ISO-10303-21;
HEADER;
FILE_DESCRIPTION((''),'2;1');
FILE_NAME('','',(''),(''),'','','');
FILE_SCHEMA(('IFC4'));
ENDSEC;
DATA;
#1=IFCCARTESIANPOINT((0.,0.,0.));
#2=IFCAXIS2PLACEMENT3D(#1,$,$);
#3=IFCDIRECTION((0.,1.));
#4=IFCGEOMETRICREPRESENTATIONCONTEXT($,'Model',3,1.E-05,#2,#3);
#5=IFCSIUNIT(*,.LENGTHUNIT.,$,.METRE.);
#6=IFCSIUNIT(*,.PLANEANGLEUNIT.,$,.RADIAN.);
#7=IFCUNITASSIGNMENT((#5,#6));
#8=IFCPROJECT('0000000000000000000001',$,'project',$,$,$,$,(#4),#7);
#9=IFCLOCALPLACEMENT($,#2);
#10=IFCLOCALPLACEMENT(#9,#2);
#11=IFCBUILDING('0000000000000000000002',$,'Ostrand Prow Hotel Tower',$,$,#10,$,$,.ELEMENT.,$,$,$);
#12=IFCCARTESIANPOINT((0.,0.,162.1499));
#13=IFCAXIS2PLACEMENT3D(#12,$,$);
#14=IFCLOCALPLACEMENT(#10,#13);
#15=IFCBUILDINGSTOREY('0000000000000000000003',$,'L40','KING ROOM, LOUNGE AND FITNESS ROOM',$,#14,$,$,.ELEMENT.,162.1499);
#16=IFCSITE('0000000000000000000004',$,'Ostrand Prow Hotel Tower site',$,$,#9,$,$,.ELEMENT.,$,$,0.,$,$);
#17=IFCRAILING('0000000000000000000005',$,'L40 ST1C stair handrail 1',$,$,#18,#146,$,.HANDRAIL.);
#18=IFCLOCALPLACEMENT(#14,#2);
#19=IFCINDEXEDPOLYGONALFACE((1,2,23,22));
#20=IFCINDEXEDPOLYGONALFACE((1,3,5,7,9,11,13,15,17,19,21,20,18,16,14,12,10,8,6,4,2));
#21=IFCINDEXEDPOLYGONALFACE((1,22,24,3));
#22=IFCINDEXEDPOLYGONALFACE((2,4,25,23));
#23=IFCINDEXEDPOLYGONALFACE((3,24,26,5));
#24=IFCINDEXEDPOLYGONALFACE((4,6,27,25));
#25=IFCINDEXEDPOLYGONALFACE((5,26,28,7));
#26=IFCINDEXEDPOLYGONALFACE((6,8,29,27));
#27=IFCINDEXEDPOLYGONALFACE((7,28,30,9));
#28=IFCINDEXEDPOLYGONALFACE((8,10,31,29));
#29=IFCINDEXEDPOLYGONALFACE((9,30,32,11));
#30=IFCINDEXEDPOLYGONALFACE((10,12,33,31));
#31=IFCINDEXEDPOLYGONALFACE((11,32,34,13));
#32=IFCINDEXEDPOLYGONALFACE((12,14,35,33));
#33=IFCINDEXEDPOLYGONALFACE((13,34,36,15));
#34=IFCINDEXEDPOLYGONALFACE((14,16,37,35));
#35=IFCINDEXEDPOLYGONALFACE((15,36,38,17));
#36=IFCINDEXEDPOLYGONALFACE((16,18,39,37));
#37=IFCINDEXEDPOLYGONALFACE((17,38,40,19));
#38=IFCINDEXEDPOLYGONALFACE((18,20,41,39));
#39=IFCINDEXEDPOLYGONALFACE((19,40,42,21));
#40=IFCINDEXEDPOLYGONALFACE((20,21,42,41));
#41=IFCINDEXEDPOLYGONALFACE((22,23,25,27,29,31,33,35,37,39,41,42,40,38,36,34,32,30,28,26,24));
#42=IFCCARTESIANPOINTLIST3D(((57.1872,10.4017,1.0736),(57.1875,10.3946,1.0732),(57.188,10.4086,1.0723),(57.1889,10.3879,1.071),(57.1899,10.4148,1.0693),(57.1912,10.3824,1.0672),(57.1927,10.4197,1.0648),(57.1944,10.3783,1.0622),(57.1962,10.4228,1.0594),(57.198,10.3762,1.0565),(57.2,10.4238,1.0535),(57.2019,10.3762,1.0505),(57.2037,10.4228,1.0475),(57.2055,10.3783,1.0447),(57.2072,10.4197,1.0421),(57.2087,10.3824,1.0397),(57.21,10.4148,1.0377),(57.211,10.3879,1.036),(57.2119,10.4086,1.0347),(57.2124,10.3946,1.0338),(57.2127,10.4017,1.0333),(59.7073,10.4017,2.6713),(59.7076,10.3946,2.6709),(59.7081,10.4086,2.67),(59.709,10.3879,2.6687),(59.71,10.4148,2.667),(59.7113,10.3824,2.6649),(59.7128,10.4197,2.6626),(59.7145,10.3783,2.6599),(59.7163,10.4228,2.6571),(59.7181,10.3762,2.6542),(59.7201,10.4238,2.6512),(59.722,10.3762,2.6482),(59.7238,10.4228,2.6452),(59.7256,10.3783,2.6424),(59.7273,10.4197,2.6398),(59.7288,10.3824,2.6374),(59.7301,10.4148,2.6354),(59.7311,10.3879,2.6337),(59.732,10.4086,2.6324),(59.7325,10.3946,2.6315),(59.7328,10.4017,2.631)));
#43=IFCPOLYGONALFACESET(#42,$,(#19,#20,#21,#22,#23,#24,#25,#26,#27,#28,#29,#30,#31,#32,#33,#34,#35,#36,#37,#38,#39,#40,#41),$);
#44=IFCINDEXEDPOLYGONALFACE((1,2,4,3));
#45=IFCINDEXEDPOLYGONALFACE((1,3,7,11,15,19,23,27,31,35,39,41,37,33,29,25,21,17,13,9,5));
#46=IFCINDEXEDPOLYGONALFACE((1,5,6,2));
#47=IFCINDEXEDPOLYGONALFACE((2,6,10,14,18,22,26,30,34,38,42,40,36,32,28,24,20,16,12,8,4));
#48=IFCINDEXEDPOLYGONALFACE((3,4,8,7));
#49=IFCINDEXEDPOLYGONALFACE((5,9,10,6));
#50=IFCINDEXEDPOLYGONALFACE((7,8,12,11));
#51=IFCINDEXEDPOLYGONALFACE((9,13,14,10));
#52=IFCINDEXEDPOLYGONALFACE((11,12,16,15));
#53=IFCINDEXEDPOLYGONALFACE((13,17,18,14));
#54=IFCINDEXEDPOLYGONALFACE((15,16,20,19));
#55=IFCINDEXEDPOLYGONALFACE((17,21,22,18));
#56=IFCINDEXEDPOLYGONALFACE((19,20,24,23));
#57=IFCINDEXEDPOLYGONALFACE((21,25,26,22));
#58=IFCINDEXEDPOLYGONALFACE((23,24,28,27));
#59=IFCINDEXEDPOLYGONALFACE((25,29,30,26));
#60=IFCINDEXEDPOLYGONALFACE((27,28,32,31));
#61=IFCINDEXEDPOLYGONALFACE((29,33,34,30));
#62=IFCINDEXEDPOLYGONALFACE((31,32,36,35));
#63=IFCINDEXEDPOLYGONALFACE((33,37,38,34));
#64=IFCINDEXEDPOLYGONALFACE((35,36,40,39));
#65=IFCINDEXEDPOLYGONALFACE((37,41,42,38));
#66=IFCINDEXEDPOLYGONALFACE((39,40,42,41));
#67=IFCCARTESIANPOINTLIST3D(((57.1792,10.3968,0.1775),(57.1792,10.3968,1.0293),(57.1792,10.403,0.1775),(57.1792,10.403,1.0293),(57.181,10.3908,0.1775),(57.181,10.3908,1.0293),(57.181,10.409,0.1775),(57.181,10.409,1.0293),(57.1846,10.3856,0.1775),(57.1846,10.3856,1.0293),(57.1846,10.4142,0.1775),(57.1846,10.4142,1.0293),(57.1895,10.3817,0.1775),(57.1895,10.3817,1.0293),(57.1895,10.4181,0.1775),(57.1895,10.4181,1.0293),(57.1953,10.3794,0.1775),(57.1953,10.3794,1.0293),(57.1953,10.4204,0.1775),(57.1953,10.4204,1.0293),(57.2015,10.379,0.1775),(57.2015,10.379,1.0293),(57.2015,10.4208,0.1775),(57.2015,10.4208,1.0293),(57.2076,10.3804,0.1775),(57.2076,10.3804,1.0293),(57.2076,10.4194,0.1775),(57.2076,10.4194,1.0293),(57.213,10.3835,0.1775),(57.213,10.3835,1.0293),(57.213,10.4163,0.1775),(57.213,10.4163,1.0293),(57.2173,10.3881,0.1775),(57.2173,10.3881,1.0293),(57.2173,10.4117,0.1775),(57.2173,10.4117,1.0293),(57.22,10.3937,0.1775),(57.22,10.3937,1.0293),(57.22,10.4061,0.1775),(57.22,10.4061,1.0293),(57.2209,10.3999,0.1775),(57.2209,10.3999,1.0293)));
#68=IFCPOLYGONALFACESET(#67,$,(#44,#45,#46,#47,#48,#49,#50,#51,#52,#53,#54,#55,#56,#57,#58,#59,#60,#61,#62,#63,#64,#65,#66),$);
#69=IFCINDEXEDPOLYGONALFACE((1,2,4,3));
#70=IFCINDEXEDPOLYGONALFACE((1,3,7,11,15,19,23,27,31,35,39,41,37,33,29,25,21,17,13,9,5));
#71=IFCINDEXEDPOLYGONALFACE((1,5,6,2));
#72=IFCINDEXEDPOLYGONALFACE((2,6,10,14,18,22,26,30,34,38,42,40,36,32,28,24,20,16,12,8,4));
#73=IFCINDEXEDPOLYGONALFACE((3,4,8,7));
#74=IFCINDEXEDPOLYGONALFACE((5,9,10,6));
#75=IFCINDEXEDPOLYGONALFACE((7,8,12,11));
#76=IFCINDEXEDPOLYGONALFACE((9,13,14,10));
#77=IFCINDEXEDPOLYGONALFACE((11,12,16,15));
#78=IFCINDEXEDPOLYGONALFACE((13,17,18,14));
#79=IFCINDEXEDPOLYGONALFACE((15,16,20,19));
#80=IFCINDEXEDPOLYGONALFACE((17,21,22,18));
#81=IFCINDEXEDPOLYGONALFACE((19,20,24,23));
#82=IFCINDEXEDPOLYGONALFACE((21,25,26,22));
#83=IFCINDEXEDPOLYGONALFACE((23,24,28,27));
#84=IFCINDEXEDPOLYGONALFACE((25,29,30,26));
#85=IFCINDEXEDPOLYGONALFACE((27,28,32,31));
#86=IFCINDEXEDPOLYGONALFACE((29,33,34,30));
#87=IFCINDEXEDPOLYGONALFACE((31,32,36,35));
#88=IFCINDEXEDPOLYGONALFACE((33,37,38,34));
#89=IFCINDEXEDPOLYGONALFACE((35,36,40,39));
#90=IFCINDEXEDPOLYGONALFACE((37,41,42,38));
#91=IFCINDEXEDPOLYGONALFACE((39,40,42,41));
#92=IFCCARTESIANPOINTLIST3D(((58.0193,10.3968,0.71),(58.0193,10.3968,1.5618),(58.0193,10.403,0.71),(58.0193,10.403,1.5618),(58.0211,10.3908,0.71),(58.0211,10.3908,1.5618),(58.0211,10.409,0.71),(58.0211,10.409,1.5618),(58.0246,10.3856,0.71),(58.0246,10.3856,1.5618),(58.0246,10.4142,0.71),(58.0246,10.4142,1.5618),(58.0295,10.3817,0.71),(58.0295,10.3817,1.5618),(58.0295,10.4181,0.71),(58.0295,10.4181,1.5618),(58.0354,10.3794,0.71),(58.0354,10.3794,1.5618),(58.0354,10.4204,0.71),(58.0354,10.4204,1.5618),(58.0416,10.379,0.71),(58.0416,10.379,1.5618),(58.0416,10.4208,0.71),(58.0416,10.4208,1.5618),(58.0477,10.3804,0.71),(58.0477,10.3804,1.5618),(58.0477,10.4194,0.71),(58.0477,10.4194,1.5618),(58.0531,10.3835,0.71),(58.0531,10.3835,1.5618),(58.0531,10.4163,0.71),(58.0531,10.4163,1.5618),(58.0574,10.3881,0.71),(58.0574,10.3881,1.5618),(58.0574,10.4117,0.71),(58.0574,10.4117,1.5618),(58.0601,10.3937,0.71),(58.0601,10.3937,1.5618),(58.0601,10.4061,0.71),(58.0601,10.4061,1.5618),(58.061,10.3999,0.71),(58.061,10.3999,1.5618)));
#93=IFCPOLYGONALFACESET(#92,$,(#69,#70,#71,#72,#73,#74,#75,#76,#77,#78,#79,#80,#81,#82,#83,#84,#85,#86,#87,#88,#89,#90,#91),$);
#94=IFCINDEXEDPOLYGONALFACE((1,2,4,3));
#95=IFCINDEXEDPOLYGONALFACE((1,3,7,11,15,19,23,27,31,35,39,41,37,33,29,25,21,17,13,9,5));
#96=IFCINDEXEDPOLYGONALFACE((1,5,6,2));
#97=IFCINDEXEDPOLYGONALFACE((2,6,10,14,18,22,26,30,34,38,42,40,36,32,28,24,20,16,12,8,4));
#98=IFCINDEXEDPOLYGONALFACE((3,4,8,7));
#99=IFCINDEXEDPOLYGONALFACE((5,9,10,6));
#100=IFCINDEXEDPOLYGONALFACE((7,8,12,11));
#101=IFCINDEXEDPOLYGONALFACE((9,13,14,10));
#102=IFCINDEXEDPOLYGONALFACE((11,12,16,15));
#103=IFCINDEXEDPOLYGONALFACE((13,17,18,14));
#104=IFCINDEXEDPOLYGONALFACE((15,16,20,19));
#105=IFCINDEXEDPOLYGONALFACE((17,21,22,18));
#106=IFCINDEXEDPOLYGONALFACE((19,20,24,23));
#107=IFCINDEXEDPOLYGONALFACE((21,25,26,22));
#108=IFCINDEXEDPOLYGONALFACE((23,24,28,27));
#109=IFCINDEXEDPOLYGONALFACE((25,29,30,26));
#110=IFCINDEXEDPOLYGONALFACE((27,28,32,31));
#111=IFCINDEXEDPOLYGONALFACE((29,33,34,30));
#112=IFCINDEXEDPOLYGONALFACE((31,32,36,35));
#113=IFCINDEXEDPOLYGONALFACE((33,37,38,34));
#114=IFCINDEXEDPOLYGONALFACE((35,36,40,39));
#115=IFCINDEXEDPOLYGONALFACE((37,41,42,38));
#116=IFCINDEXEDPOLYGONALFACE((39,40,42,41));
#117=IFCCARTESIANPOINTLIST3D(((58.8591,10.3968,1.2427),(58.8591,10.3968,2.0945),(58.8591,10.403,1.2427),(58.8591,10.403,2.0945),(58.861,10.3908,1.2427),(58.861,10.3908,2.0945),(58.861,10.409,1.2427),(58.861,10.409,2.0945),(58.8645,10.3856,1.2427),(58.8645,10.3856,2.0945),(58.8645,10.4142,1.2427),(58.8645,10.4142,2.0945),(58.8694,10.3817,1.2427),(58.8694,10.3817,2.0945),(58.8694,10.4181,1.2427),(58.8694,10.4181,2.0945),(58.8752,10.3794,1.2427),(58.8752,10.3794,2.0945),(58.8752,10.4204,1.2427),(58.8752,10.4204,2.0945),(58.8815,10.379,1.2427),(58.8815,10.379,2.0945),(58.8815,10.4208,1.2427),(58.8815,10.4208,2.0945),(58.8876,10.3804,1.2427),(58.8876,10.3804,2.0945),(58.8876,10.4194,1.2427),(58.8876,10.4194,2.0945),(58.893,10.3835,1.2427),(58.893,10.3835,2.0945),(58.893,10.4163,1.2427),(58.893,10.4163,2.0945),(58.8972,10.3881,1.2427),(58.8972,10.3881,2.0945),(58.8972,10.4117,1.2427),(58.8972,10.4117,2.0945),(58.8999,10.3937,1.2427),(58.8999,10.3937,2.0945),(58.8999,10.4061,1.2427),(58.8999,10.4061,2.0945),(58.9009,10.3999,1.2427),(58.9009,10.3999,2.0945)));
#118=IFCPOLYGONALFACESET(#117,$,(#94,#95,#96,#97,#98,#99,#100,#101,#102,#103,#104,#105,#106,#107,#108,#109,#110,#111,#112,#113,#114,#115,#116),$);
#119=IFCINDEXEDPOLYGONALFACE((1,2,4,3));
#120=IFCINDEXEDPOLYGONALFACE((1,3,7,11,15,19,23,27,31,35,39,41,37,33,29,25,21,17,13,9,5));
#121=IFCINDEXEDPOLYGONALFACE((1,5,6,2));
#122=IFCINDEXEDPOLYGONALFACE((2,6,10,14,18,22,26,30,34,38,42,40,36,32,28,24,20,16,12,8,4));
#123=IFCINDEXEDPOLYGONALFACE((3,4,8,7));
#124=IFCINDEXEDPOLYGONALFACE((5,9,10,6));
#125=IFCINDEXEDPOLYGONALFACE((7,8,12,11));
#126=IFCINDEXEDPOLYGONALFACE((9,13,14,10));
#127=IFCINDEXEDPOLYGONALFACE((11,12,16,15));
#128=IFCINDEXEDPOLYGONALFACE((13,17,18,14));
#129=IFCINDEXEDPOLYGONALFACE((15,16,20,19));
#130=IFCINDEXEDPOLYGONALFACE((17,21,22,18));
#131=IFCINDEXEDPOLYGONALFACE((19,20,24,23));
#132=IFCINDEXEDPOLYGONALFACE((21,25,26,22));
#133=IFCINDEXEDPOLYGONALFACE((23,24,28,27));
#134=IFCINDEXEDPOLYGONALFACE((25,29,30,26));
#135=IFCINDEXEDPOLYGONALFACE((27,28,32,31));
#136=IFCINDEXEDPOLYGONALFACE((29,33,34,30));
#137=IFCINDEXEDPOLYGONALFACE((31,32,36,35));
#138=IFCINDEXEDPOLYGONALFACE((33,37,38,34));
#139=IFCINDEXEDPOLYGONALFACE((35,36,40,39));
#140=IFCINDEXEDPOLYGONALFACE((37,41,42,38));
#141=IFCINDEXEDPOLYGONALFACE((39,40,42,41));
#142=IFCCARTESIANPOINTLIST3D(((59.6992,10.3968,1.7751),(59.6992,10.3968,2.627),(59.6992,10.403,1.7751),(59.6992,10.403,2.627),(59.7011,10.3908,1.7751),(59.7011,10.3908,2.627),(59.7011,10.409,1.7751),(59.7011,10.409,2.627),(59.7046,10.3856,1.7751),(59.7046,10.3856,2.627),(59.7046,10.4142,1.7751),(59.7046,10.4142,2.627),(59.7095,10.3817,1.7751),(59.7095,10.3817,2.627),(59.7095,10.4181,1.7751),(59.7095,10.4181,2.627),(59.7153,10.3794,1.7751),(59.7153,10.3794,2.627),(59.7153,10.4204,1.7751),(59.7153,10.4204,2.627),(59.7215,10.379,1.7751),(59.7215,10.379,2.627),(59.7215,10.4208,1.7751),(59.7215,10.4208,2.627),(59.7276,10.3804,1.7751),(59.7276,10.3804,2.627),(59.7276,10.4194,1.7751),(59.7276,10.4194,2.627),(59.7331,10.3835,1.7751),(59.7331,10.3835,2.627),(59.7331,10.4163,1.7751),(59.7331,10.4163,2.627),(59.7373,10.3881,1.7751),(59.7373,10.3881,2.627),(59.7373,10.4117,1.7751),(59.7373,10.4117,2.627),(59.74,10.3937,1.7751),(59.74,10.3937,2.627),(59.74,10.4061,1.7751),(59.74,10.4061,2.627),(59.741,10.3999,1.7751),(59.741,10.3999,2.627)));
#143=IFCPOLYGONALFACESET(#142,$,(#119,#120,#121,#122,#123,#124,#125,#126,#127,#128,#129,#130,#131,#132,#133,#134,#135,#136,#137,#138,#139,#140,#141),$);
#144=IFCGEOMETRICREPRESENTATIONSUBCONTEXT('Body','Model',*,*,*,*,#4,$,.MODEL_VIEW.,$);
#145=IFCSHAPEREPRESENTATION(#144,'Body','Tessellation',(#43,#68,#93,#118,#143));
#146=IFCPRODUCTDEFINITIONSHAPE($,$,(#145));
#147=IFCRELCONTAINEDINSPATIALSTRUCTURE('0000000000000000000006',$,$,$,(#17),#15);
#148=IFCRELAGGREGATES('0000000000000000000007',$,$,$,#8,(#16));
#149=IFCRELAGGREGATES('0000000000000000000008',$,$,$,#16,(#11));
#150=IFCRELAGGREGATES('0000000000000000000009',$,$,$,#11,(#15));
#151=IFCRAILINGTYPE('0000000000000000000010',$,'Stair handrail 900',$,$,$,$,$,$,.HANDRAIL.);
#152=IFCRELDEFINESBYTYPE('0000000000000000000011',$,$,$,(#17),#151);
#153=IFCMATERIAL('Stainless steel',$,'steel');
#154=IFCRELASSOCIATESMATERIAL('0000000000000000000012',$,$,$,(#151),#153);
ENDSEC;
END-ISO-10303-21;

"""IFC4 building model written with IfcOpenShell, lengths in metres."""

from ifc_helpers import new_model, si_unit, direction, frame, origin, origin_2d, place, context, subcontext, project, spatial, circle, extrude, material, type_object, element, save


model = new_model("IFC4")

# Units and contexts
model_context = context("Model", 3, precision=1e-05, world=origin(), true_north=direction((0.0, 1.0)))
body_context = subcontext(model_context, "Body", "Model", "MODEL_VIEW")
ifc_project = project(units=[si_unit("LENGTHUNIT", "METRE"), si_unit("PLANEANGLEUNIT", "RADIAN")], contexts=[model_context])

# Site, building, storey
site_placement = place(None, origin())
site = spatial("IfcSite", under=ifc_project, at=site_placement, Name="Ostrand Prow Hotel Tower site", CompositionType="ELEMENT", RefElevation=0.0)
building_placement = place(site_placement, origin())
building = spatial("IfcBuilding", under=site, at=building_placement, Name="Ostrand Prow Hotel Tower", CompositionType="ELEMENT")
storey_placement = place(building_placement, frame((0.0, 0.0, 162.1499)))
storey = spatial("IfcBuildingStorey", under=building, at=storey_placement, Name="L40", Description="KING ROOM, LOUNGE AND FITNESS ROOM", CompositionType="ELEMENT", Elevation=162.1499)

# Railing
ifc_material_1 = material(Name="Stainless steel", Category="steel")
railing_type_1 = type_object("IfcRailingType", Name="Stair handrail 900", PredefinedType="HANDRAIL", material=ifc_material_1)
railing_1_placement = place(storey_placement, frame((57.2, 10.3999, 0.1775)))
element("IfcRailing", 1, at=railing_1_placement, inside=storey, type_object=railing_type_1, Name="L40 ST1C stair handrail 1", PredefinedType="HANDRAIL", context=body_context, shape_type="SweptSolid", body=[
    extrude(circle(Radius=0.0239, at=origin_2d()), frame((0.0, 0.0, 0.876), z_axis=(0.84457, 0.0, 0.535445), x_axis=(0.0, 1.0, 0.0)), (0.0, 0.0, 1.0), 2.9839),
    extrude(circle(Radius=0.021, at=origin_2d()), origin(), (0.0, 0.0, 1.0), 0.8518),
    extrude(circle(Radius=0.021, at=origin_2d()), frame((0.8401, 0.0, 0.5325)), (0.0, 0.0, 1.0), 0.8518),
    extrude(circle(Radius=0.021, at=origin_2d()), frame((1.6799, 0.0, 1.0652)), (0.0, 0.0, 1.0), 0.8518),
    extrude(circle(Radius=0.021, at=origin_2d()), frame((2.52, 0.0, 1.5977)), (0.0, 0.0, 1.0), 0.8518),
])

save(model, "model.ifc")
